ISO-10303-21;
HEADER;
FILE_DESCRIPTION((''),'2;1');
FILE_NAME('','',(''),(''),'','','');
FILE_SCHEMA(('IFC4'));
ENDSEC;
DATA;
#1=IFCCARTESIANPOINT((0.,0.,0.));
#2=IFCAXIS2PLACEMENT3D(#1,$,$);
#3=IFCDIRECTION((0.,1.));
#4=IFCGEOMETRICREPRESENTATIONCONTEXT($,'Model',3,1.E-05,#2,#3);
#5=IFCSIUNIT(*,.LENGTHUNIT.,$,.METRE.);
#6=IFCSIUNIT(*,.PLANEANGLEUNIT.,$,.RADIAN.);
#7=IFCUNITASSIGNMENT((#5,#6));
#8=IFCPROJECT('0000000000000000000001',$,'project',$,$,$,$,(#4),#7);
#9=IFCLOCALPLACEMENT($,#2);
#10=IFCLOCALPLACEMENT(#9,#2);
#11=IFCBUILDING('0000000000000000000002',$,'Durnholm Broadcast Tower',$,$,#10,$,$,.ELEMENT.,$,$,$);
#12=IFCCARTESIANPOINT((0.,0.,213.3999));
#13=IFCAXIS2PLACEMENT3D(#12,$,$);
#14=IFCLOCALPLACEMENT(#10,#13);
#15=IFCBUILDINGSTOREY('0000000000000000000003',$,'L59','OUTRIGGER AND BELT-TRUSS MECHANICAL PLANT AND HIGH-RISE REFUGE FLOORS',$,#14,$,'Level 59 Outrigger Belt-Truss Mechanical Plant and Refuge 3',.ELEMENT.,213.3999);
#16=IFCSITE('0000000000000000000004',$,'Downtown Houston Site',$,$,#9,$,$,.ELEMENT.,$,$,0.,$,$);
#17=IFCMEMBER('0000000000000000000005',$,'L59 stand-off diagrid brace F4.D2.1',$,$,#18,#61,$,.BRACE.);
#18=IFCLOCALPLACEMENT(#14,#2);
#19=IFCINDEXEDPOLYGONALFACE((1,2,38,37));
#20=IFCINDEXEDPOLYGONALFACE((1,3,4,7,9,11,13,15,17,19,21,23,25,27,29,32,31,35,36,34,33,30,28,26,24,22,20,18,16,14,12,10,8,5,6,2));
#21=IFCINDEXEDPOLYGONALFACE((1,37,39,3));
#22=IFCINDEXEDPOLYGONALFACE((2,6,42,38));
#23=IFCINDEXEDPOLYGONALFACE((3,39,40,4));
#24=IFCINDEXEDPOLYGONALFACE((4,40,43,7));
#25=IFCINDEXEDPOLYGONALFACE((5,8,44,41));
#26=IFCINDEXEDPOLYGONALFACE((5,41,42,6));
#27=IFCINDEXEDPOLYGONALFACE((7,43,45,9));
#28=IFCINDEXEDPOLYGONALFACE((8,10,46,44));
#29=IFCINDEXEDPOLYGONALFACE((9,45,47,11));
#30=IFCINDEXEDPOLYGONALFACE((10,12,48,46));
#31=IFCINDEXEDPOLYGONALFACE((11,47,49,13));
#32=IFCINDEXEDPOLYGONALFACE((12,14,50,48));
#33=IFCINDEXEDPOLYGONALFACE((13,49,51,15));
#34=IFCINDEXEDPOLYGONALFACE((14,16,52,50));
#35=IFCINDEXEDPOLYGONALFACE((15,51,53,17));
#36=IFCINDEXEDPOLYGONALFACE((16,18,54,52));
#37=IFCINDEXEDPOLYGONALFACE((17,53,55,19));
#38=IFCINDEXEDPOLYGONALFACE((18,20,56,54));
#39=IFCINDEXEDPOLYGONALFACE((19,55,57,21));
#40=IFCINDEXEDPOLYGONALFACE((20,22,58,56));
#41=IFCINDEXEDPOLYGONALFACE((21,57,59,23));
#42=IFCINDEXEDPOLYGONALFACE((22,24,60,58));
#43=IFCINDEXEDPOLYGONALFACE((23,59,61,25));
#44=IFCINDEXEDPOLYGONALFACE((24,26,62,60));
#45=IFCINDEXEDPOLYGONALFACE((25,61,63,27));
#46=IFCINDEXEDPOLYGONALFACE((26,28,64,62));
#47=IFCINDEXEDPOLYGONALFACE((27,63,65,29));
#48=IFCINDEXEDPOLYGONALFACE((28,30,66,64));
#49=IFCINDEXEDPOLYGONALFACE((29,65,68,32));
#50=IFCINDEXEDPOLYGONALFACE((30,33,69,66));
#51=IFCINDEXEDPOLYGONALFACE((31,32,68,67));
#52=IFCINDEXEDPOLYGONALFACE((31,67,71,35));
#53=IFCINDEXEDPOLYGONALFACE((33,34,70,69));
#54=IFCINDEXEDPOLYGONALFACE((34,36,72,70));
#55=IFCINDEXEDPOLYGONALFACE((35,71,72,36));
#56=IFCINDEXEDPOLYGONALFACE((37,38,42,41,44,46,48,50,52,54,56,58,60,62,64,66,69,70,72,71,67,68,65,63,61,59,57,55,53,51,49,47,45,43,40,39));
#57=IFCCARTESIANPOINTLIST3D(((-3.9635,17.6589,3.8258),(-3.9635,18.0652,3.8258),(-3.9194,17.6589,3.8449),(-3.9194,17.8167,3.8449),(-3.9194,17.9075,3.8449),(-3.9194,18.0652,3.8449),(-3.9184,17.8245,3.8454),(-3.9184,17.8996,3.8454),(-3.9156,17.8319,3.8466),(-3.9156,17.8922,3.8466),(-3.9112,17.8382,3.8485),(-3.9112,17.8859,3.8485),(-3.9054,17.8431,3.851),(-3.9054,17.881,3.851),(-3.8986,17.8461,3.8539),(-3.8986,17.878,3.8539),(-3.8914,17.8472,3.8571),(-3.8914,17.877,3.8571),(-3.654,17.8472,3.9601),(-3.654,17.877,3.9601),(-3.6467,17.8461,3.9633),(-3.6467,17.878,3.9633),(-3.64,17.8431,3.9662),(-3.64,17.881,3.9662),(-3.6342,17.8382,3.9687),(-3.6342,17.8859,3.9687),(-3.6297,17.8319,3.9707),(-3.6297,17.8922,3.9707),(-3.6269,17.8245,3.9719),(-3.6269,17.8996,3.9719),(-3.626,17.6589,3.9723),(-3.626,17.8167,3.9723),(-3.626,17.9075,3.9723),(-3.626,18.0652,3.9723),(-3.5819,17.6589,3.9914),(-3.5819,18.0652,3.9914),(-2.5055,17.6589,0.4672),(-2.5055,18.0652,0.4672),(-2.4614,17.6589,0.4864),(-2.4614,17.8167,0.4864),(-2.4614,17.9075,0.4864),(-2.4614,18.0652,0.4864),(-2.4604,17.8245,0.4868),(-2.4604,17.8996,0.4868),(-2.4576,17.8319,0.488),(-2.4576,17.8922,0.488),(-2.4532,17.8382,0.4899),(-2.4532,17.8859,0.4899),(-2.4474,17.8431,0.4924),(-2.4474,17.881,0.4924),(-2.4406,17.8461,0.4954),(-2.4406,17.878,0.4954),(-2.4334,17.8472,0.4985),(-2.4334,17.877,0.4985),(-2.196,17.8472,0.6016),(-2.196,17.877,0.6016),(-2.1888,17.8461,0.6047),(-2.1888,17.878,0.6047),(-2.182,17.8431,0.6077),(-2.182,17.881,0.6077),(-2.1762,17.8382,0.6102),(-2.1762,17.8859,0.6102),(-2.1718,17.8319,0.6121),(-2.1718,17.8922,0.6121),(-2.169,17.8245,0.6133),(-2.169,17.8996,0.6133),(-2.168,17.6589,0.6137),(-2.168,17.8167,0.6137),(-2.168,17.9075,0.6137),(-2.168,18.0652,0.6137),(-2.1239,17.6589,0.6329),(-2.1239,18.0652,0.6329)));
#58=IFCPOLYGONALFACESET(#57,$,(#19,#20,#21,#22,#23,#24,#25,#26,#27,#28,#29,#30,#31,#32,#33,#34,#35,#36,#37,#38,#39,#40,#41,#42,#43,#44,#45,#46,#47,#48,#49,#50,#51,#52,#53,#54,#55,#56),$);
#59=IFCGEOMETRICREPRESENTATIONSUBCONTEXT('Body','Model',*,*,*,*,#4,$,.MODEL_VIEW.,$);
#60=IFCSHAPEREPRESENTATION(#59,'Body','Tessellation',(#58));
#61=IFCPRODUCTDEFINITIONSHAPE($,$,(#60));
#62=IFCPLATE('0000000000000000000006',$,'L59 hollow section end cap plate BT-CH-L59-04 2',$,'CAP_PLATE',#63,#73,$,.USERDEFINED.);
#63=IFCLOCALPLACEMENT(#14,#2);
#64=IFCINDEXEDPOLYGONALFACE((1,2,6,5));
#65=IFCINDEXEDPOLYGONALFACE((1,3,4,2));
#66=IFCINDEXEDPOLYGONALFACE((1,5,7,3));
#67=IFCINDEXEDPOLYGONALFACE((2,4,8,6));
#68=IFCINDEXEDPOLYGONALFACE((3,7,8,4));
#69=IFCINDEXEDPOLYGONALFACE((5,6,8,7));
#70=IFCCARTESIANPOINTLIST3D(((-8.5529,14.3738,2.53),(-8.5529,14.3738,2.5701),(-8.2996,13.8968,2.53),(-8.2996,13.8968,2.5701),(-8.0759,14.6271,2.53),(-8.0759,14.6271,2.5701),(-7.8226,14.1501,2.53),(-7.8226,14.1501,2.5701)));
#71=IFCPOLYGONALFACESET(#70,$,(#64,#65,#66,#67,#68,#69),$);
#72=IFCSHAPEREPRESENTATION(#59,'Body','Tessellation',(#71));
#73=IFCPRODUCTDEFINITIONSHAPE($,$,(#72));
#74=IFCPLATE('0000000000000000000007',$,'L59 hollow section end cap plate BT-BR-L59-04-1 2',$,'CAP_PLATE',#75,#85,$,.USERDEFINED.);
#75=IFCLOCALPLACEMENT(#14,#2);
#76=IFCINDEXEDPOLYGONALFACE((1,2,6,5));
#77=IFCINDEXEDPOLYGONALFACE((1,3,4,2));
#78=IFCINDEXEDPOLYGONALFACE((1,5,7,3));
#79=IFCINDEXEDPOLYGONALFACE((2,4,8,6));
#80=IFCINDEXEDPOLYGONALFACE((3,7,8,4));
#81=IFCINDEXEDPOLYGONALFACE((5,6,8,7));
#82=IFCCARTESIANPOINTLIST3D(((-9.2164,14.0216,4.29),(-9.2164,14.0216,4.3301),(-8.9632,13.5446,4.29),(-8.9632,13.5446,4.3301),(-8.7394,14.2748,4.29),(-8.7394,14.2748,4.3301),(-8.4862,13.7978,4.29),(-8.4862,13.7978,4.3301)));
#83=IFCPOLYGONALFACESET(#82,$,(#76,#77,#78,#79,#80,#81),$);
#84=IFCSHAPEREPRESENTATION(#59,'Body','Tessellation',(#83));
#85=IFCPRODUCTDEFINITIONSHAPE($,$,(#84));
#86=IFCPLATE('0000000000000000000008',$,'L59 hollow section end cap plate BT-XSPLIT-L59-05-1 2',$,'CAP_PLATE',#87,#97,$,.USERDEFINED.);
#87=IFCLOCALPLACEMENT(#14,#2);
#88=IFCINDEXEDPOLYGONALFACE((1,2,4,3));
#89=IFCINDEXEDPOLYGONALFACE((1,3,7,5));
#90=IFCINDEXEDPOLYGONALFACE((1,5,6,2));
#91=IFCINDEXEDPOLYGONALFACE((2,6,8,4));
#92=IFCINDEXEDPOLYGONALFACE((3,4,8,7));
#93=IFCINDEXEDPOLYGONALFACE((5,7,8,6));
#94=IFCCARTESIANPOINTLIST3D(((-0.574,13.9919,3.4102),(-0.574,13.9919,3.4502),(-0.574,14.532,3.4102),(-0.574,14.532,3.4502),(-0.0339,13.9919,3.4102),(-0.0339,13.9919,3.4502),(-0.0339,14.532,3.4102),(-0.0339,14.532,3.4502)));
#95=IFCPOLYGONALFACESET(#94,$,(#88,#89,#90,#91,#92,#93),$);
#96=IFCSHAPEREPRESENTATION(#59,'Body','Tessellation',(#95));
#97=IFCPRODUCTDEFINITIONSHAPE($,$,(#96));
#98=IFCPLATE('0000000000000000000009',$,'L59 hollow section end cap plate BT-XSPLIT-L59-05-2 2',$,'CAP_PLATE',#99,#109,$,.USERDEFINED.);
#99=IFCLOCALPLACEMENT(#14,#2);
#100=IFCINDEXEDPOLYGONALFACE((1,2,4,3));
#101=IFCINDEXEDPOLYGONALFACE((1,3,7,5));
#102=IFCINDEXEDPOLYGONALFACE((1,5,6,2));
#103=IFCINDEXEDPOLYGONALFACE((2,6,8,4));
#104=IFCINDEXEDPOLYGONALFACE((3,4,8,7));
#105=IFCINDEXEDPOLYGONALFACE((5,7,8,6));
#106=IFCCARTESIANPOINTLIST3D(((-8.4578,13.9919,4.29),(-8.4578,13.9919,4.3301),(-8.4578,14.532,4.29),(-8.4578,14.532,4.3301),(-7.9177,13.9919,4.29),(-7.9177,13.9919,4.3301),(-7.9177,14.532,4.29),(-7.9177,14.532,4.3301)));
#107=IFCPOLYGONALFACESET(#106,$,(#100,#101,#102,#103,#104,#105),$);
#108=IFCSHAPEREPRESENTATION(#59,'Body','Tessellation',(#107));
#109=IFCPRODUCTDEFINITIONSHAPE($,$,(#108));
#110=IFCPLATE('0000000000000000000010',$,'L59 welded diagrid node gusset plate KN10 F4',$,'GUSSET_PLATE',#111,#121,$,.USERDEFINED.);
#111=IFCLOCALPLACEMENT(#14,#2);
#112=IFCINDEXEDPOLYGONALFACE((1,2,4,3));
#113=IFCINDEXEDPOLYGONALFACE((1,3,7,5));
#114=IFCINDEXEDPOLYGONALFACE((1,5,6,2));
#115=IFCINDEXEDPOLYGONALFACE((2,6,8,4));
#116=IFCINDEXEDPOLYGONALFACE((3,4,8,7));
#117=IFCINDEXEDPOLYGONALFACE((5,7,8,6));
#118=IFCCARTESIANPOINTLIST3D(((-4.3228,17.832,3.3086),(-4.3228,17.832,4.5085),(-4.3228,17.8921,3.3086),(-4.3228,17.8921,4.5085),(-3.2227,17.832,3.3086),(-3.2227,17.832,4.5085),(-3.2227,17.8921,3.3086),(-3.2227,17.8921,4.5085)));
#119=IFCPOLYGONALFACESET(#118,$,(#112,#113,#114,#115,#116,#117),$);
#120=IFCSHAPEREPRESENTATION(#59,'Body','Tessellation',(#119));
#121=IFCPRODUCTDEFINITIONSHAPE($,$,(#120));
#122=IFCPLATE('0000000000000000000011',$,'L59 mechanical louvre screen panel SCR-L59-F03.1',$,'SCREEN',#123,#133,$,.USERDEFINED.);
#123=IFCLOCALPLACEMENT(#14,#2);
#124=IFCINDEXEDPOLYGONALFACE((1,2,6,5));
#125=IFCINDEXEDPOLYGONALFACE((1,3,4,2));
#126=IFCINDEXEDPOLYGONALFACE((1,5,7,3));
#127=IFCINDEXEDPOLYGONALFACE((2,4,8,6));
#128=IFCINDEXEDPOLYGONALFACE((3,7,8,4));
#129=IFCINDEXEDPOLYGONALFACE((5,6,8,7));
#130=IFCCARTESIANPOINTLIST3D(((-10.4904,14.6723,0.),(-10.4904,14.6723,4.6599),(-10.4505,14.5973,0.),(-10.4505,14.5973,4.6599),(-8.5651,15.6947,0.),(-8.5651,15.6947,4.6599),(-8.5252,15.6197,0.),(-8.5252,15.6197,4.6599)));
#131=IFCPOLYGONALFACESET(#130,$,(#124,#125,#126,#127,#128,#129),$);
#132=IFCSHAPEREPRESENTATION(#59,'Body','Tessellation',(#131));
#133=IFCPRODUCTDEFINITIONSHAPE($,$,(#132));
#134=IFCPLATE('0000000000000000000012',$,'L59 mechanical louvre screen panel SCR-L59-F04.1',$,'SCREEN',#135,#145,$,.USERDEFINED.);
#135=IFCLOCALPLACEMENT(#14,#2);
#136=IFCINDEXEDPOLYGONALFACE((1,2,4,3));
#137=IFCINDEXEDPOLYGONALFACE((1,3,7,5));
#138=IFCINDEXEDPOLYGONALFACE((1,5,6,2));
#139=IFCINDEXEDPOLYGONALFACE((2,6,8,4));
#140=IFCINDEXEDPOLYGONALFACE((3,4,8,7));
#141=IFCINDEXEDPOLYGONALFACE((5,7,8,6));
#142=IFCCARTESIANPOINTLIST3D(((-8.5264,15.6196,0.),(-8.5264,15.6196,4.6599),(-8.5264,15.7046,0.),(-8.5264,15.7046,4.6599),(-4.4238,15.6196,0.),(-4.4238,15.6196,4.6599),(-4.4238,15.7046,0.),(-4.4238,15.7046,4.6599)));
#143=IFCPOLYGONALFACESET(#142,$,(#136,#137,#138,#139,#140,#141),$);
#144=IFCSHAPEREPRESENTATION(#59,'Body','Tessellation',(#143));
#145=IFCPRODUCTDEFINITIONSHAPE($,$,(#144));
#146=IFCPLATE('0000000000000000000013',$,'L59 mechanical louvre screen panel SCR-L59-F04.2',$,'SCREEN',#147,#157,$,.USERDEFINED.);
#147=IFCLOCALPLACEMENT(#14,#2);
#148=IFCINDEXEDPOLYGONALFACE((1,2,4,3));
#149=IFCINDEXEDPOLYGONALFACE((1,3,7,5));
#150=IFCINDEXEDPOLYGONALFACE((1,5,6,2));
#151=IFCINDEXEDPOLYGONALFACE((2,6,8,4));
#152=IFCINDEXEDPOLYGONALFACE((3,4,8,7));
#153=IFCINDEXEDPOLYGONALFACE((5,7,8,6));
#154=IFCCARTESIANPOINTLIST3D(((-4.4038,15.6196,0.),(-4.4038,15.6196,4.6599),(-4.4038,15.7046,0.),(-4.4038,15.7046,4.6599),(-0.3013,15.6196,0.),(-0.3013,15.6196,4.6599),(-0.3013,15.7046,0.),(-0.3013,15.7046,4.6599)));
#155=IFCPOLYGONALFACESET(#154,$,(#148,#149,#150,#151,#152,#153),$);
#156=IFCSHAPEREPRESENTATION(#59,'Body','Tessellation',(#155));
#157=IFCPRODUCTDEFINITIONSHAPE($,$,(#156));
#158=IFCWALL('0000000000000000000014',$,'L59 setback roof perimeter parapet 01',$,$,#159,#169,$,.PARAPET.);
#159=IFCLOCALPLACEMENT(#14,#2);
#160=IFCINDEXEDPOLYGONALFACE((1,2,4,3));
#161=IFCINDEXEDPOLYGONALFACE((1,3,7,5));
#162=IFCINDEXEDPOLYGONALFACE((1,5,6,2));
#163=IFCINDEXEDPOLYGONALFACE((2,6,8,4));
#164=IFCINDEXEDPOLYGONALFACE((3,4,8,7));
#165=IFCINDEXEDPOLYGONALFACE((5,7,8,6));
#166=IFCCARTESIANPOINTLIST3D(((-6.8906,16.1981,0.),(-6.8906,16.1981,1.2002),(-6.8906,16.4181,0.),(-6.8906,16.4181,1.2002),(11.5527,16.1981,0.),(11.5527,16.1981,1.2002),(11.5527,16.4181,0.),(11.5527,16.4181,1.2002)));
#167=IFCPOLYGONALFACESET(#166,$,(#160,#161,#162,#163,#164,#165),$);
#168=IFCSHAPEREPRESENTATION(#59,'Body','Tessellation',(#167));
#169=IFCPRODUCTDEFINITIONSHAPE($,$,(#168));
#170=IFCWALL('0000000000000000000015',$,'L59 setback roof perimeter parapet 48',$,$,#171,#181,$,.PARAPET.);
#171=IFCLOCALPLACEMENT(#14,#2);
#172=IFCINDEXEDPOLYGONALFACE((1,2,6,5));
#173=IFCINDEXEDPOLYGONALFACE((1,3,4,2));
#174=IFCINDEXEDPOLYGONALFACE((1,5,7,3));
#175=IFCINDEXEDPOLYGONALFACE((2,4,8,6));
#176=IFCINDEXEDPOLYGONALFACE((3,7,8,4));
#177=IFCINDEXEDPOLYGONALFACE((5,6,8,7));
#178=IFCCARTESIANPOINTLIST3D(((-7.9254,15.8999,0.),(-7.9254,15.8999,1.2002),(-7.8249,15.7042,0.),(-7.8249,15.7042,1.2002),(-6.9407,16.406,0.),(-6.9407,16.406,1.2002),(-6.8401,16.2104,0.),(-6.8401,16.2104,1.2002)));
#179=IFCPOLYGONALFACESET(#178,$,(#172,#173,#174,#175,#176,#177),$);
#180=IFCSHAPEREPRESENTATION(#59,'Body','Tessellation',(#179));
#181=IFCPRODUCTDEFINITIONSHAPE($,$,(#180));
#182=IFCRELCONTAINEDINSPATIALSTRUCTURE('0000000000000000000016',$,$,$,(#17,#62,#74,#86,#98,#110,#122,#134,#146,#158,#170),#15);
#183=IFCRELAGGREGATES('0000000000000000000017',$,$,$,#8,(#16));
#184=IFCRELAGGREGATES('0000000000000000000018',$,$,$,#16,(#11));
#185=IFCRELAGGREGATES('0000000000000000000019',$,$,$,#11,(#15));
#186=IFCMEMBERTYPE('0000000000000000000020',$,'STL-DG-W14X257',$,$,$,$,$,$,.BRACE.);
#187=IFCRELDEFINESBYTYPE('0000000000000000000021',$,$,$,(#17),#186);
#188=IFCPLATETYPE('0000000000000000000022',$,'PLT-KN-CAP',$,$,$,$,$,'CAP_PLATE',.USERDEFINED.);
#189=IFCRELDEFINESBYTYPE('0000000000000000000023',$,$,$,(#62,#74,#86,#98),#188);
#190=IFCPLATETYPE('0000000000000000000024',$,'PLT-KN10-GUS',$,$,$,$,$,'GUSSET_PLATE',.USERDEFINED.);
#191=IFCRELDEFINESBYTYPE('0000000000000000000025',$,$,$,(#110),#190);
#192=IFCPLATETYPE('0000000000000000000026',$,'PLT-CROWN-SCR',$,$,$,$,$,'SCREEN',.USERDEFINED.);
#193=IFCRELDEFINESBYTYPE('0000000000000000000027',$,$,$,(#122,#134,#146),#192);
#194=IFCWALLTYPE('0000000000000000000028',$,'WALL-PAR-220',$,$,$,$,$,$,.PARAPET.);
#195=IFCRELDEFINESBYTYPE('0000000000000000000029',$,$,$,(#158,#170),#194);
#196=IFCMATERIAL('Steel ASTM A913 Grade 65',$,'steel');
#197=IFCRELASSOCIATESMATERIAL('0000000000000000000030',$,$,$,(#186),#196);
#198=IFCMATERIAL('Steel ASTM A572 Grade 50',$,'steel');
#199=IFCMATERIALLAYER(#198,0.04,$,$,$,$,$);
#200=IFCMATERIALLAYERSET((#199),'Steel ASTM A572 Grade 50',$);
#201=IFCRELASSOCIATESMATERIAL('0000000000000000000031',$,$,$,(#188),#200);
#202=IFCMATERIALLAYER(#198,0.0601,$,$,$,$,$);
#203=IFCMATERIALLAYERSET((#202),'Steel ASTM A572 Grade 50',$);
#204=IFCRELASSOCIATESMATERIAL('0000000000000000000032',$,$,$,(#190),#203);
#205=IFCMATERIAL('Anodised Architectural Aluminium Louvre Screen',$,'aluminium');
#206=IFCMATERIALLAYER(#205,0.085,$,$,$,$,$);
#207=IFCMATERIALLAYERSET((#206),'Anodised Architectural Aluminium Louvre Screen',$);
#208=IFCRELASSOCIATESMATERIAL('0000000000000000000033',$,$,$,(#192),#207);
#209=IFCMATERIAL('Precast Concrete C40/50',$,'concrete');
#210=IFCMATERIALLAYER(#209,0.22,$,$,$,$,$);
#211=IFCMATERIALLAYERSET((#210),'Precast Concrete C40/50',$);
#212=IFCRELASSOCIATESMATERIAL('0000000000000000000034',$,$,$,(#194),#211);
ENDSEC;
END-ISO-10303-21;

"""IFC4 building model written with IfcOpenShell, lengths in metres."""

from ifc_helpers import new_model, si_unit, direction, frame, frame_2d, origin, origin_2d, place, context, subcontext, project, spatial, rectangle, i_section, extrude, source, transform, mapped, material, layer, layer_set, material_profile, profile_set, type_object, type_shapes, element, save


model = new_model("IFC4")

# Units and contexts
model_context = context("Model", 3, precision=1e-05, world=origin(), true_north=direction((0.0, 1.0)))
body_context = subcontext(model_context, "Body", "Model", "MODEL_VIEW")
ifc_project = project(units=[si_unit("LENGTHUNIT", "METRE"), si_unit("PLANEANGLEUNIT", "RADIAN")], contexts=[model_context])

# Site, building, storey
site_placement = place(None, origin())
site = spatial("IfcSite", under=ifc_project, at=site_placement, Name="Downtown Houston Site", CompositionType="ELEMENT", RefElevation=0.0)
building_placement = place(site_placement, origin())
building = spatial("IfcBuilding", under=site, at=building_placement, Name="Durnholm Broadcast Tower", CompositionType="ELEMENT")
storey_placement = place(building_placement, frame((0.0, 0.0, 213.3999)))
storey = spatial("IfcBuildingStorey", under=building, at=storey_placement, Name="L59", Description="OUTRIGGER AND BELT-TRUSS MECHANICAL PLANT AND HIGH-RISE REFUGE FLOORS", LongName="Level 59 Outrigger Belt-Truss Mechanical Plant and Refuge 3", CompositionType="ELEMENT", Elevation=213.3999)

# Member
ifc_material_1 = material(Name="Steel ASTM A913 Grade 65", Category="steel")
ifc_material_profile_1 = material_profile(ifc_material_1, i_section(OverallWidth=0.4062, OverallDepth=0.416, WebThickness=0.0298, FlangeThickness=0.0481, FilletRadius=0.0305, at=origin_2d()), Name="W14X257")
ifc_profile_set_1 = profile_set([ifc_material_profile_1], Name="Steel ASTM A913 Grade 65")
member_type_1 = type_object("IfcMemberType", Name="STL-DG-W14X257", PredefinedType="BRACE", material=ifc_profile_set_1)
shared_shape_1 = source(origin(), body_context, "Body", "SweptSolid", [
    extrude(i_section(OverallWidth=0.4062, OverallDepth=0.416, WebThickness=0.0298, FlangeThickness=0.0481, FilletRadius=0.0305, at=origin_2d()), origin(), (0.0, 0.0, 1.0), 3.6614),
])
member_1_placement = place(storey_placement, frame((-2.3147, 17.8621, 0.55), z_axis=(-0.398204, 0.0, 0.917297), x_axis=(0.0, -1.0, 0.0)))
element("IfcMember", 1, at=member_1_placement, inside=storey, type_object=member_type_1, Name="L59 stand-off diagrid brace F4.D2.1", PredefinedType="BRACE", context=body_context, shape_type="MappedRepresentation", body=[
    mapped(shared_shape_1, transform((0.0, 0.0, 0.0), x_axis=(1.0, 0.0, 0.0), y_axis=(0.0, 1.0, 0.0), z_axis=(0.0, 0.0, 1.0), scale=1.0)),
])

# Plates
ifc_material_2 = material(Name="Steel ASTM A572 Grade 50", Category="steel")
ifc_layer_1 = layer(ifc_material_2, 0.04)
ifc_layer_set_1 = layer_set([ifc_layer_1], Name="Steel ASTM A572 Grade 50")
plate_type_1 = type_object("IfcPlateType", Name="PLT-KN-CAP", ElementType="CAP_PLATE", PredefinedType="USERDEFINED", material=ifc_layer_set_1)
shared_shape_2 = source(origin(), body_context, "Body", "SweptSolid", [
    extrude(rectangle(XDim=0.54, YDim=0.54, at=origin_2d()), origin(), (0.0, 0.0, 1.0), 0.04),
])
type_shapes(plate_type_1, [shared_shape_2])
for number, where, z_axis, x_axis, name in (
    (2, (-8.1877, 14.262, 2.53), (0.0, 0.0, 1.0), (0.883193, 0.469009, 0.0), "L59 hollow section end cap plate BT-CH-L59-04 2"),
    (3, (-8.8513, 13.9097, 4.29), (0.0, 0.0, 1.0), (0.883275, 0.468855, 0.0), "L59 hollow section end cap plate BT-BR-L59-04-1 2"),
    (4, (-0.304, 14.262, 3.4102), (0.0, 0.0, 1.0), (-1.0, 0.0, 0.0), "L59 hollow section end cap plate BT-XSPLIT-L59-05-1 2"),
    (5, (-8.1877, 14.262, 4.29), (0.0, 0.0, 1.0), (-1.0, 0.0, 0.0), "L59 hollow section end cap plate BT-XSPLIT-L59-05-2 2"),
):
    element("IfcPlate", number, at=place(storey_placement, frame(where, z_axis=z_axis, x_axis=x_axis)), inside=storey, type_object=plate_type_1, Name=name, ObjectType="CAP_PLATE", PredefinedType="USERDEFINED", context=body_context, shape_type="MappedRepresentation", body=[
        mapped(shared_shape_2, transform((0.0, 0.0, 0.0), x_axis=(1.0, 0.0, 0.0), y_axis=(0.0, 1.0, 0.0), z_axis=(0.0, 0.0, 1.0), scale=1.0)),
    ])
ifc_layer_2 = layer(ifc_material_2, 0.0601)
ifc_layer_set_2 = layer_set([ifc_layer_2], Name="Steel ASTM A572 Grade 50")
plate_type_2 = type_object("IfcPlateType", Name="PLT-KN10-GUS", ElementType="GUSSET_PLATE", PredefinedType="USERDEFINED", material=ifc_layer_set_2)
shared_shape_3 = source(origin(), body_context, "Body", "SweptSolid", [
    extrude(rectangle(XDim=1.1001, YDim=0.0601, at=origin_2d()), origin(), (0.0, 0.0, 1.0), 1.2),
])
type_shapes(plate_type_2, [shared_shape_3])
plate_1_placement = place(storey_placement, frame((-3.7727, 17.8621, 3.3086), z_axis=(0.0, 0.0, 1.0), x_axis=(-1.0, 0.0, 0.0)))
element("IfcPlate", 6, at=plate_1_placement, inside=storey, type_object=plate_type_2, Name="L59 welded diagrid node gusset plate KN10 F4", ObjectType="GUSSET_PLATE", PredefinedType="USERDEFINED", context=body_context, shape_type="MappedRepresentation", body=[
    mapped(shared_shape_3, transform((0.0, 0.0, 0.0), x_axis=(1.0, 0.0, 0.0), y_axis=(0.0, 1.0, 0.0), z_axis=(0.0, 0.0, 1.0), scale=1.0)),
])
ifc_material_3 = material(Name="Anodised Architectural Aluminium Louvre Screen", Category="aluminium")
ifc_layer_3 = layer(ifc_material_3, 0.085)
ifc_layer_set_3 = layer_set([ifc_layer_3], Name="Anodised Architectural Aluminium Louvre Screen")
plate_type_3 = type_object("IfcPlateType", Name="PLT-CROWN-SCR", ElementType="SCREEN", PredefinedType="USERDEFINED", material=ifc_layer_set_3)
shared_shape_4 = source(origin(), body_context, "Body", "SweptSolid", [
    extrude(rectangle(XDim=2.1799, YDim=0.085, at=origin_2d()), origin(), (0.0, 0.0, 1.0), 4.6599),
])
plate_2_placement = place(storey_placement, frame((-9.5078, 15.146, 0.0), z_axis=(0.0, 0.0, 1.0), x_axis=(0.883193, 0.469009, 0.0)))
element("IfcPlate", 7, at=plate_2_placement, inside=storey, type_object=plate_type_3, Name="L59 mechanical louvre screen panel SCR-L59-F03.1", ObjectType="SCREEN", PredefinedType="USERDEFINED", context=body_context, shape_type="MappedRepresentation", body=[
    mapped(shared_shape_4, transform((0.0, 0.0, 0.0), x_axis=(1.0, 0.0, 0.0), y_axis=(0.0, 1.0, 0.0), z_axis=(0.0, 0.0, 1.0), scale=1.0)),
])
shared_shape_5 = source(origin(), body_context, "Body", "SweptSolid", [
    extrude(rectangle(XDim=4.1025, YDim=0.085, at=origin_2d()), origin(), (0.0, 0.0, 1.0), 4.6599),
])
type_shapes(plate_type_3, [shared_shape_4, shared_shape_5])
for number, where, z_axis, x_axis, name in (
    (8, (-6.4751, 15.6621, 0.0), (0.0, 0.0, 1.0), (1.0, 0.0, 0.0), "L59 mechanical louvre screen panel SCR-L59-F04.1"),
    (9, (-2.3525, 15.6621, 0.0), (0.0, 0.0, 1.0), (1.0, 0.0, 0.0), "L59 mechanical louvre screen panel SCR-L59-F04.2"),
):
    element("IfcPlate", number, at=place(storey_placement, frame(where, z_axis=z_axis, x_axis=x_axis)), inside=storey, type_object=plate_type_3, Name=name, ObjectType="SCREEN", PredefinedType="USERDEFINED", context=body_context, shape_type="MappedRepresentation", body=[
        mapped(shared_shape_5, transform((0.0, 0.0, 0.0), x_axis=(1.0, 0.0, 0.0), y_axis=(0.0, 1.0, 0.0), z_axis=(0.0, 0.0, 1.0), scale=1.0)),
    ])

# Walls
ifc_material_4 = material(Name="Precast Concrete C40/50", Category="concrete")
ifc_layer_4 = layer(ifc_material_4, 0.22)
ifc_layer_set_4 = layer_set([ifc_layer_4], Name="Precast Concrete C40/50")
wall_type_1 = type_object("IfcWallType", Name="WALL-PAR-220", PredefinedType="PARAPET", material=ifc_layer_set_4)
wall_1_placement = place(storey_placement, frame((-6.8906, 16.3081, 0.0), z_axis=(0.0, 0.0, 1.0), x_axis=(1.0, 0.0, 0.0)))
element("IfcWall", 10, at=wall_1_placement, inside=storey, type_object=wall_type_1, Name="L59 setback roof perimeter parapet 01", PredefinedType="PARAPET", context=body_context, shape_type="SweptSolid", body=[
    extrude(rectangle(XDim=18.4434, YDim=0.22, at=frame_2d((9.2217, 0.0))), origin(), (0.0, 0.0, 1.0), 1.2002),
])
wall_2_placement = place(storey_placement, frame((-7.8752, 15.802, 0.0), z_axis=(0.0, 0.0, 1.0), x_axis=(0.889388, 0.457154, 0.0)))
element("IfcWall", 11, at=wall_2_placement, inside=storey, type_object=wall_type_1, Name="L59 setback roof perimeter parapet 48", PredefinedType="PARAPET", context=body_context, shape_type="SweptSolid", body=[
    extrude(rectangle(XDim=1.1072, YDim=0.22, at=frame_2d((0.5537, 0.0))), origin(), (0.0, 0.0, 1.0), 1.2002),
])

save(model, "model.ifc")
